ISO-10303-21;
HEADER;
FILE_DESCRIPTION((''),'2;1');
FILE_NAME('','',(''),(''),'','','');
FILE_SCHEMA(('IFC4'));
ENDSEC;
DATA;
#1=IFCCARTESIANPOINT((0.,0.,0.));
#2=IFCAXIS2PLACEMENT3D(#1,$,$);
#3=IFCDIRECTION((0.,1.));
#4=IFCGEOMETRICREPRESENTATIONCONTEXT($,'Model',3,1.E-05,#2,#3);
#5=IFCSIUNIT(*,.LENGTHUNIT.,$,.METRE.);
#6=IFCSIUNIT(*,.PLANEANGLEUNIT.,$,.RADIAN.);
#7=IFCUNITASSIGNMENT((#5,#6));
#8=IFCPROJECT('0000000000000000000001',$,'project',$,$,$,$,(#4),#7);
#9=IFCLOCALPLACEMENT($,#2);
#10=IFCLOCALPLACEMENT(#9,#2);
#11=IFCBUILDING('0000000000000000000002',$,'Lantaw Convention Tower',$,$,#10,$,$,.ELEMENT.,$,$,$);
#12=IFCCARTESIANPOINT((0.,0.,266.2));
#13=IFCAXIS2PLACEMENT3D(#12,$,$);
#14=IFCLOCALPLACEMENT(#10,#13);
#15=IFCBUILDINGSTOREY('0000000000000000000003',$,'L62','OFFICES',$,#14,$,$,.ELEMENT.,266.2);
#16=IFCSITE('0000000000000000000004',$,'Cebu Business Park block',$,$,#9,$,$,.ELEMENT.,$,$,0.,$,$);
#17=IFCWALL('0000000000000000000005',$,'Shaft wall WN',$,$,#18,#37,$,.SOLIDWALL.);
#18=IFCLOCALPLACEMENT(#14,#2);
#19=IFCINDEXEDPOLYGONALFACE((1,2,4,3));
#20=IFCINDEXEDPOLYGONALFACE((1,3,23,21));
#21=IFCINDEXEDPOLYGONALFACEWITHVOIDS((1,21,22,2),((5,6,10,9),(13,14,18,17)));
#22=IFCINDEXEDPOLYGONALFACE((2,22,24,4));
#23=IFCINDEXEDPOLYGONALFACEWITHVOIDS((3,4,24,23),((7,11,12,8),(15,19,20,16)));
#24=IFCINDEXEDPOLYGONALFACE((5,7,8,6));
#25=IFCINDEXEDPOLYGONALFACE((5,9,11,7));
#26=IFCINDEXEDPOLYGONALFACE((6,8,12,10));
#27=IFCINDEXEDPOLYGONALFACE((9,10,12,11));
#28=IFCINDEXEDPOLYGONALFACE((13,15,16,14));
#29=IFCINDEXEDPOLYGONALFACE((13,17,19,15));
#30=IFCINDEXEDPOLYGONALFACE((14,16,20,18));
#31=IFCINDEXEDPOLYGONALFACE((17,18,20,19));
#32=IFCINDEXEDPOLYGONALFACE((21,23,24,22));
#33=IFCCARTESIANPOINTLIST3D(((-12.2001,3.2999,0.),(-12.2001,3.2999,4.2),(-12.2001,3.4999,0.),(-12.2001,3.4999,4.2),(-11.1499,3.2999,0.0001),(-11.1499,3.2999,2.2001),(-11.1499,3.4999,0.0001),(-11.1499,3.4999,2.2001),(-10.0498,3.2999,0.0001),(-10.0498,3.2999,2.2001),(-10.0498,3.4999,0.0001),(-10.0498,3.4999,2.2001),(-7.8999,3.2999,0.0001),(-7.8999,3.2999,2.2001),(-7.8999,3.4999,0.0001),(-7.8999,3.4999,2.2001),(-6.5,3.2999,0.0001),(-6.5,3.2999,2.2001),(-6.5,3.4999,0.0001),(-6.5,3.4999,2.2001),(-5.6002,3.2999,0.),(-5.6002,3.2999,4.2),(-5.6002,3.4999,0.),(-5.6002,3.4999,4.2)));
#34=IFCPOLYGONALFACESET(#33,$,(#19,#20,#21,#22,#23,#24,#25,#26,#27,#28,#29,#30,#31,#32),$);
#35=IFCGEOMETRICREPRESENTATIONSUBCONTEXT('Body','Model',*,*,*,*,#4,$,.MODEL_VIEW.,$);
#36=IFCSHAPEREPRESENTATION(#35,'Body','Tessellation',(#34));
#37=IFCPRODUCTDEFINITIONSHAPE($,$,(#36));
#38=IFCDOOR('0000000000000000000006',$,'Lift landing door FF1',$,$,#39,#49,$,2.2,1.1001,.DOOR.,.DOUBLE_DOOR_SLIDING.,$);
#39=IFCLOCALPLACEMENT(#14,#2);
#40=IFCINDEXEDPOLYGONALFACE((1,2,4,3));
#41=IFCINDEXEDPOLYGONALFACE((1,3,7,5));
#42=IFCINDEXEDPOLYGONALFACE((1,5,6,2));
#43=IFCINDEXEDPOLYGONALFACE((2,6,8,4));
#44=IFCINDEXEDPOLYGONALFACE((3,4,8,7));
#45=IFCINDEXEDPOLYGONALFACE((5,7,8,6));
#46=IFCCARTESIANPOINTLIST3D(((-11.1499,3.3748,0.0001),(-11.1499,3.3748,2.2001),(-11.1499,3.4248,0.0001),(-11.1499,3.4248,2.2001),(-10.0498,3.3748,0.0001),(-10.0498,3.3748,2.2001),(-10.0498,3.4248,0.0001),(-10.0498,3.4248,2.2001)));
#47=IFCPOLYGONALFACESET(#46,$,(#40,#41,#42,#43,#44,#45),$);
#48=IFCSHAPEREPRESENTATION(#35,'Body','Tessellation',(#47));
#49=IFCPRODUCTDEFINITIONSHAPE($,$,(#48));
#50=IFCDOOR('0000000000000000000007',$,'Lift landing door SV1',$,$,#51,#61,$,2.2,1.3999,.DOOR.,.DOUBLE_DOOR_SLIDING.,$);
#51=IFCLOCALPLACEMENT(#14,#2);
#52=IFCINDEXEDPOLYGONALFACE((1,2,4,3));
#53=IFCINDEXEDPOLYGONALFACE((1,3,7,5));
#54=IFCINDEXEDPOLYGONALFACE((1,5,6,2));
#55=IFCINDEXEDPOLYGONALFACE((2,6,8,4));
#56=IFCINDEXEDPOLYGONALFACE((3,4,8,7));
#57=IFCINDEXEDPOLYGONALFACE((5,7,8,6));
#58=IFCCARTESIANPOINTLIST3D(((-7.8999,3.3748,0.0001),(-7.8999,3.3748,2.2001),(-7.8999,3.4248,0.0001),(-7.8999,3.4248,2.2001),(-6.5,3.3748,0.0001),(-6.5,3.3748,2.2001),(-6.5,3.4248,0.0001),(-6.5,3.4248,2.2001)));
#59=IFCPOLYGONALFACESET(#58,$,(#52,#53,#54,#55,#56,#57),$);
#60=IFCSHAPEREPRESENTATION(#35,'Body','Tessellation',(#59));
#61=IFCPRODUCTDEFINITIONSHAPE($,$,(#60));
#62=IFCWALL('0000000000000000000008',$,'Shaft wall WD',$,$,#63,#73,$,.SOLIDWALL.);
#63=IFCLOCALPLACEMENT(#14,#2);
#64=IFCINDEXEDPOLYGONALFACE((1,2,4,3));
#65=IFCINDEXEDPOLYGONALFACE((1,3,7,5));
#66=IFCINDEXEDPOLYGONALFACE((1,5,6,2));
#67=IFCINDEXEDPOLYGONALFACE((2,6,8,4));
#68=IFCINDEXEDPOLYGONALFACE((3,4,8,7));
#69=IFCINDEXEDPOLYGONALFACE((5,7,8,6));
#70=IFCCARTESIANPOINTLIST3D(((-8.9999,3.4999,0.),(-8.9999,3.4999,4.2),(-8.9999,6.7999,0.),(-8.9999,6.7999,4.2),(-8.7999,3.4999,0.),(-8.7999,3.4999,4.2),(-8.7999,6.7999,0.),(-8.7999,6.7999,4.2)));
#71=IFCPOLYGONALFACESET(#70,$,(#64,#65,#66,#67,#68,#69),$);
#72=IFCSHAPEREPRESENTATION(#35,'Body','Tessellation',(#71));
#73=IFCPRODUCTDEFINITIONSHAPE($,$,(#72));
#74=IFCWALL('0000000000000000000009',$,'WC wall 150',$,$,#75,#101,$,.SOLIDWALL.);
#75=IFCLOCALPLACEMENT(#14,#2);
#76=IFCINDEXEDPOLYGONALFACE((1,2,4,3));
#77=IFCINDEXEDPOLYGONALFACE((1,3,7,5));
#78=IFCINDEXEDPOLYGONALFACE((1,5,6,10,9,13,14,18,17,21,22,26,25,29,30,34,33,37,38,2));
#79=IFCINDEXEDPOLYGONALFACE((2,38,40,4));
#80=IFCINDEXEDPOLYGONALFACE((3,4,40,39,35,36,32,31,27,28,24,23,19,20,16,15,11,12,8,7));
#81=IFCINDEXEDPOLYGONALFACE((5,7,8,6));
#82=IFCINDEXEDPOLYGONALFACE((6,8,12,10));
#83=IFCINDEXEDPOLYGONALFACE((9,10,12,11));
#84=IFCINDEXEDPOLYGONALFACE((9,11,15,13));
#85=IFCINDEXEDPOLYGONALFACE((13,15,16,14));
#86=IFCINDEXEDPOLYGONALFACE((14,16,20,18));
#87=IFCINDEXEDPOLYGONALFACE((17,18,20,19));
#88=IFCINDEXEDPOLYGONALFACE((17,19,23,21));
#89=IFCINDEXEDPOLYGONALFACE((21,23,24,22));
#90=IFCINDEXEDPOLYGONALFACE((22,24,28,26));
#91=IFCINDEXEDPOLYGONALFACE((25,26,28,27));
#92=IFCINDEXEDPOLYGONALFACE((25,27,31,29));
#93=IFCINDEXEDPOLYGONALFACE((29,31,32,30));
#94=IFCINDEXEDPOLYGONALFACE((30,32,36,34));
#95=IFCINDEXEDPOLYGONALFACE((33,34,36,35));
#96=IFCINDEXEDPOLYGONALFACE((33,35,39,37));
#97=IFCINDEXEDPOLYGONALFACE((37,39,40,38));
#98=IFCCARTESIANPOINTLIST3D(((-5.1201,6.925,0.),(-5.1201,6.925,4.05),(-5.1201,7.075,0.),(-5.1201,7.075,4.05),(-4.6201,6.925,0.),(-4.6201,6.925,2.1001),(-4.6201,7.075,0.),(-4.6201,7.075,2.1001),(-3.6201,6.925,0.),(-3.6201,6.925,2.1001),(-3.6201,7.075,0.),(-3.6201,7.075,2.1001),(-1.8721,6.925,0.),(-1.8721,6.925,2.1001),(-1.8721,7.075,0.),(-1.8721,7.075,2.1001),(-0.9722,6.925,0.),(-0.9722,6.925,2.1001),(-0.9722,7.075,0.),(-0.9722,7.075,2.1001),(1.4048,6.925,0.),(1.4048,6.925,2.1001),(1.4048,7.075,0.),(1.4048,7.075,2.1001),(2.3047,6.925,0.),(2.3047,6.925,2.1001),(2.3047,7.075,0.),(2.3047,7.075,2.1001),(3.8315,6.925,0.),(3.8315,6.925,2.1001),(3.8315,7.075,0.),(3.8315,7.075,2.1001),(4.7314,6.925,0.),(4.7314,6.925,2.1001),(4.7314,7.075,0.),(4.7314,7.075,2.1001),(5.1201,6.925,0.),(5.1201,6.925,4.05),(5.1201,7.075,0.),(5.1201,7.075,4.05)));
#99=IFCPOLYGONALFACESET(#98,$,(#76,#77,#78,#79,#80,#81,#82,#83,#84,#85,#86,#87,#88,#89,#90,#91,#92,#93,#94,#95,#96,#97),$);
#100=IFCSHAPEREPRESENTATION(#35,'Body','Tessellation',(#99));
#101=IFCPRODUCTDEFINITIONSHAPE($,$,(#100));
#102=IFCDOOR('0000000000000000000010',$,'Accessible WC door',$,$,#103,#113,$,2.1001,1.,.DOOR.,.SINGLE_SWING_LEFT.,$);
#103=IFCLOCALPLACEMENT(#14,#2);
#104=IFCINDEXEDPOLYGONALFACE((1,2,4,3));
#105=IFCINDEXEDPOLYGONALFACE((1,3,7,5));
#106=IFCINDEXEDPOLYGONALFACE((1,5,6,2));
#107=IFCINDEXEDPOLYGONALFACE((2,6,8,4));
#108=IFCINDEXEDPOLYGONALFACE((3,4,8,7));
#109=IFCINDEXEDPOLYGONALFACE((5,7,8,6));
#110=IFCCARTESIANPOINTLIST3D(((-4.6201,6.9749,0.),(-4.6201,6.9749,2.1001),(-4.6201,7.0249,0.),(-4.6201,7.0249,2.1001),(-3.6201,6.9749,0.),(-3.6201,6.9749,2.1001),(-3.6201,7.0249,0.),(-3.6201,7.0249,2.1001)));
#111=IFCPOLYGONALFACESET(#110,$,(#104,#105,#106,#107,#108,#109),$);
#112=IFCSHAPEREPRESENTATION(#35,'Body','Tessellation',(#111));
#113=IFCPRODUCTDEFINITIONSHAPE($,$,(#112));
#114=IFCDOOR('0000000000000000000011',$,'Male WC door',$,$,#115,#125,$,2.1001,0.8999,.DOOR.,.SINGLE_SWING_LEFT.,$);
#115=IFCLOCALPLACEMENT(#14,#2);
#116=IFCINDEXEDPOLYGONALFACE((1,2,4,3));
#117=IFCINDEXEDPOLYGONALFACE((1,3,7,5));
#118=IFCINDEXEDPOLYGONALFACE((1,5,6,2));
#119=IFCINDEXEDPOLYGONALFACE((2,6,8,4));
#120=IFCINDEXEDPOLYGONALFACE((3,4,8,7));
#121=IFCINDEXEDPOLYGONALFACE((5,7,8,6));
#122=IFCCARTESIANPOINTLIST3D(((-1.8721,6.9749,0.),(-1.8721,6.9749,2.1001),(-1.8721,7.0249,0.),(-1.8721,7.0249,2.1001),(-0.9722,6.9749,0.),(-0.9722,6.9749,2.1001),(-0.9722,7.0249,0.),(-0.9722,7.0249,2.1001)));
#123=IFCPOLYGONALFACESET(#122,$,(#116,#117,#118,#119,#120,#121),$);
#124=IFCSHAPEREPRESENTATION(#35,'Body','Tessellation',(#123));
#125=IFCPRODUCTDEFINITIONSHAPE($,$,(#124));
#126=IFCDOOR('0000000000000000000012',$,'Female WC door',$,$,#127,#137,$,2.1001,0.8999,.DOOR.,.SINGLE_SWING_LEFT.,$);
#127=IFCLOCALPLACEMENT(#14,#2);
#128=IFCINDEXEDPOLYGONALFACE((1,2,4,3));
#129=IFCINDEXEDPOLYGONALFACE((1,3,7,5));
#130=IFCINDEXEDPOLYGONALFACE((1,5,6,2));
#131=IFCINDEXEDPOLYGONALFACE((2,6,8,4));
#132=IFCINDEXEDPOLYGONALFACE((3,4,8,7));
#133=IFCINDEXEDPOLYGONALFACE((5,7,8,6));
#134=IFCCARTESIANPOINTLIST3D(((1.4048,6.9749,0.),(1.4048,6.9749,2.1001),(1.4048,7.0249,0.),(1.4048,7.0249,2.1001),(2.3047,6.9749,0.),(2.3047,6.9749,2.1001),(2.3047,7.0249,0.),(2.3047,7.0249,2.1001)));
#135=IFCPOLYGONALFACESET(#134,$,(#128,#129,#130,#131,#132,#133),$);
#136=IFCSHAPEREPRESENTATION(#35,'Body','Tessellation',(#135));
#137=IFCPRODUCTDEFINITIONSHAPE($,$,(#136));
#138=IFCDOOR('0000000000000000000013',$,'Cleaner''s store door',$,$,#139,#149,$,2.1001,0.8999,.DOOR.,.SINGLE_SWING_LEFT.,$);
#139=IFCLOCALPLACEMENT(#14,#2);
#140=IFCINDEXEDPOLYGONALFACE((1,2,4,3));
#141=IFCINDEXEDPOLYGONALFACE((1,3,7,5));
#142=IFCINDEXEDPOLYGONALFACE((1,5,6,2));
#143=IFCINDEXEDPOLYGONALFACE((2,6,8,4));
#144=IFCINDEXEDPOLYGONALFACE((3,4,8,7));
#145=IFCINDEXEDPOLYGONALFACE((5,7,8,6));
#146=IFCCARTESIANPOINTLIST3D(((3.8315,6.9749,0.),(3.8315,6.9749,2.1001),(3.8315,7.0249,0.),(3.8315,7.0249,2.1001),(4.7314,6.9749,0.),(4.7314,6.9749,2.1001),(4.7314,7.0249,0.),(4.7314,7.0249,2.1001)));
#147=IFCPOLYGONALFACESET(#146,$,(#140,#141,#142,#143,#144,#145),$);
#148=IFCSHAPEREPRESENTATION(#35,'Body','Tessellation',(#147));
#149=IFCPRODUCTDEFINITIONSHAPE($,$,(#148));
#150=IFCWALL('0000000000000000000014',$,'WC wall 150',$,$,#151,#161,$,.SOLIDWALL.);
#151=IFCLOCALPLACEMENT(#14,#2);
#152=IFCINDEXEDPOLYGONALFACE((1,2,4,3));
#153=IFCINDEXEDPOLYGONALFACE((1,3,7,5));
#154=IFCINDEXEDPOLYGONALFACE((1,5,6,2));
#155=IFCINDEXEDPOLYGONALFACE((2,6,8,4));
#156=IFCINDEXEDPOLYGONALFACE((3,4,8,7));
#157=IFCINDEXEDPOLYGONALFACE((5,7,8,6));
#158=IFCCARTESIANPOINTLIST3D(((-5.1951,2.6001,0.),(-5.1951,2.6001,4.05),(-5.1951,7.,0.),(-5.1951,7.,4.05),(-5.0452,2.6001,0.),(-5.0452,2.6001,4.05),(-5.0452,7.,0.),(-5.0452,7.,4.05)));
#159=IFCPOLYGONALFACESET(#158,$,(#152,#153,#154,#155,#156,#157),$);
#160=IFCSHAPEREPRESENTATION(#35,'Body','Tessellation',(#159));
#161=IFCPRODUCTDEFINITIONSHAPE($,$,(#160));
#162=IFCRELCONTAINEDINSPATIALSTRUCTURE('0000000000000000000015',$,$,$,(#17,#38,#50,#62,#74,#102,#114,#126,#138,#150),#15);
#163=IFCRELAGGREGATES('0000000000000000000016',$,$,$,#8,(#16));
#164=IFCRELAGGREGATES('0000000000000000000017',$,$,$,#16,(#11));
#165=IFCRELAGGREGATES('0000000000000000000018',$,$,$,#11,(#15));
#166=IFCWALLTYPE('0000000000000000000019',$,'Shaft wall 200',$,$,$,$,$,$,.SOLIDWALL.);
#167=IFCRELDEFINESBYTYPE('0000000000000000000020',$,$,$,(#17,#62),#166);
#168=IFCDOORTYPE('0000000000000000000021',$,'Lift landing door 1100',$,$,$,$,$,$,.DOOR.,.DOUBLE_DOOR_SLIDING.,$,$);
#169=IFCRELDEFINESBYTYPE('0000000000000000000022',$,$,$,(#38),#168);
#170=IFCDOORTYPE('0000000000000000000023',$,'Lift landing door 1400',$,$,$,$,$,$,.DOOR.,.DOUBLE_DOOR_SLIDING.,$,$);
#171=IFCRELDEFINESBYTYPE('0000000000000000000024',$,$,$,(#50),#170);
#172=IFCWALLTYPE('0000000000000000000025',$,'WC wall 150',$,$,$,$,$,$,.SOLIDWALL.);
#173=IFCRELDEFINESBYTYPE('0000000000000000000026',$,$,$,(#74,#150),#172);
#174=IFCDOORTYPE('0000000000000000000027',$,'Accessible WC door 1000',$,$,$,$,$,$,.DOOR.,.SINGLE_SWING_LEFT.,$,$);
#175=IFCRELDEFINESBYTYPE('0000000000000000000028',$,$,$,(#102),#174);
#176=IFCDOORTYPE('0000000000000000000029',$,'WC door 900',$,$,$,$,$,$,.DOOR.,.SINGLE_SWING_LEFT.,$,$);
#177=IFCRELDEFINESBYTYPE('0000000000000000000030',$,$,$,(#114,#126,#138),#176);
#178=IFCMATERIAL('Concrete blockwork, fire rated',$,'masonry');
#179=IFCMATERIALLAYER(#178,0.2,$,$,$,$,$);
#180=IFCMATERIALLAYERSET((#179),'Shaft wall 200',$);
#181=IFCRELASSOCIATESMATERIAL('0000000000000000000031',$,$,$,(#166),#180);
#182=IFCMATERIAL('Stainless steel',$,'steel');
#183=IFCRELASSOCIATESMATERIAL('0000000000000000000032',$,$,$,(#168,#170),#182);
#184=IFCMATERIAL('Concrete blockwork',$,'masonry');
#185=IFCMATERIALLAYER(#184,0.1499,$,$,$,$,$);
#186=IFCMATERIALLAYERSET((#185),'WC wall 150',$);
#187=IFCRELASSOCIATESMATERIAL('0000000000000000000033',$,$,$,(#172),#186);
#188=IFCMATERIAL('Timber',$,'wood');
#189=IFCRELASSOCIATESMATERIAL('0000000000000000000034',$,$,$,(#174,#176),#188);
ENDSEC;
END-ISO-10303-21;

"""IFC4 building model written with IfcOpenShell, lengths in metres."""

from ifc_helpers import new_model, si_unit, direction, frame, frame_2d, origin, place, context, subcontext, project, spatial, rectangle, extrude, material, layer, layer_set, type_object, element, fill, save


model = new_model("IFC4")

# Units and contexts
model_context = context("Model", 3, precision=1e-05, world=origin(), true_north=direction((0.0, 1.0)))
body_context = subcontext(model_context, "Body", "Model", "MODEL_VIEW")
ifc_project = project(units=[si_unit("LENGTHUNIT", "METRE"), si_unit("PLANEANGLEUNIT", "RADIAN")], contexts=[model_context])

# Site, building, storey
site_placement = place(None, origin())
site = spatial("IfcSite", under=ifc_project, at=site_placement, Name="Cebu Business Park block", CompositionType="ELEMENT", RefElevation=0.0)
building_placement = place(site_placement, origin())
building = spatial("IfcBuilding", under=site, at=building_placement, Name="Lantaw Convention Tower", CompositionType="ELEMENT")
storey_placement = place(building_placement, frame((0.0, 0.0, 266.2)))
storey = spatial("IfcBuildingStorey", under=building, at=storey_placement, Name="L62", Description="OFFICES", CompositionType="ELEMENT", Elevation=266.2)

# Wall, openings, doors
ifc_material_1 = material(Name="Concrete blockwork, fire rated", Category="masonry")
ifc_layer_1 = layer(ifc_material_1, 0.2)
ifc_layer_set_1 = layer_set([ifc_layer_1], Name="Shaft wall 200")
wall_type_1 = type_object("IfcWallType", Name="Shaft wall 200", PredefinedType="SOLIDWALL", material=ifc_layer_set_1)
wall_1_placement = place(storey_placement, frame((-12.2, 3.3999, 0.0), z_axis=(0.0, 0.0, 1.0), x_axis=(1.0, 0.0, 0.0)))
wall_1 = element("IfcWall", 1, at=wall_1_placement, inside=storey, type_object=wall_type_1, Name="Shaft wall WN", PredefinedType="SOLIDWALL", context=body_context, shape_type="SweptSolid", body=[
    extrude(rectangle(XDim=6.5999, YDim=0.2, at=frame_2d((3.2998, 0.0))), origin(), (0.0, 0.0, 1.0), 4.2),
])
opening_1_placement = place(wall_1_placement, frame((1.05, 0.0, 0.0)))
opening_1 = element("IfcOpeningElement", 2, at=opening_1_placement, cuts=wall_1, PredefinedType="OPENING", context=body_context, shape_type="SweptSolid", body=[
    extrude(rectangle(XDim=1.1001, YDim=2.2, at=frame_2d((0.55, 1.1001))), frame((0.0, 0.1099, 0.0), z_axis=(0.0, -1.0, 0.0), x_axis=(1.0, 0.0, 0.0)), (0.0, 0.0, 1.0), 0.22),
])
opening_2_placement = place(wall_1_placement, frame((4.3, 0.0, 0.0)))
opening_2 = element("IfcOpeningElement", 3, at=opening_2_placement, cuts=wall_1, PredefinedType="OPENING", context=body_context, shape_type="SweptSolid", body=[
    extrude(rectangle(XDim=1.3999, YDim=2.2, at=frame_2d((0.7, 1.1001))), frame((0.0, 0.1099, 0.0), z_axis=(0.0, -1.0, 0.0), x_axis=(1.0, 0.0, 0.0)), (0.0, 0.0, 1.0), 0.22),
])
ifc_material_2 = material(Name="Stainless steel", Category="steel")
door_type_1 = type_object("IfcDoorType", Name="Lift landing door 1100", OperationType="DOUBLE_DOOR_SLIDING", PredefinedType="DOOR", material=ifc_material_2)
door_1_placement = place(opening_1_placement, origin())
door_1 = element("IfcDoor", 4, at=door_1_placement, inside=storey, type_object=door_type_1, Name="Lift landing door FF1", OperationType="DOUBLE_DOOR_SLIDING", OverallHeight=2.2, OverallWidth=1.1001, PredefinedType="DOOR", context=body_context, shape_type="SweptSolid", body=[
    extrude(rectangle(XDim=1.1001, YDim=2.2, at=frame_2d((0.55, 1.1001))), frame((0.0, 0.0249, 0.0), z_axis=(0.0, -1.0, 0.0), x_axis=(1.0, 0.0, 0.0)), (0.0, 0.0, 1.0), 0.05),
])
fill(opening_1, door_1)
door_type_2 = type_object("IfcDoorType", Name="Lift landing door 1400", OperationType="DOUBLE_DOOR_SLIDING", PredefinedType="DOOR", material=ifc_material_2)
door_2_placement = place(opening_2_placement, origin())
door_2 = element("IfcDoor", 5, at=door_2_placement, inside=storey, type_object=door_type_2, Name="Lift landing door SV1", OperationType="DOUBLE_DOOR_SLIDING", OverallHeight=2.2, OverallWidth=1.3999, PredefinedType="DOOR", context=body_context, shape_type="SweptSolid", body=[
    extrude(rectangle(XDim=1.3999, YDim=2.2, at=frame_2d((0.7, 1.1001))), frame((0.0, 0.0249, 0.0), z_axis=(0.0, -1.0, 0.0), x_axis=(1.0, 0.0, 0.0)), (0.0, 0.0, 1.0), 0.05),
])
fill(opening_2, door_2)

# Wall
wall_2_placement = place(storey_placement, frame((-8.8999, 3.5, 0.0), z_axis=(0.0, 0.0, 1.0), x_axis=(0.0, 1.0, 0.0)))
element("IfcWall", 6, at=wall_2_placement, inside=storey, type_object=wall_type_1, Name="Shaft wall WD", PredefinedType="SOLIDWALL", context=body_context, shape_type="SweptSolid", body=[
    extrude(rectangle(XDim=3.3, YDim=0.2, at=frame_2d((1.6499, 0.0))), origin(), (0.0, 0.0, 1.0), 4.2),
])

# Wall, openings, doors
ifc_material_3 = material(Name="Concrete blockwork", Category="masonry")
ifc_layer_2 = layer(ifc_material_3, 0.1499)
ifc_layer_set_2 = layer_set([ifc_layer_2], Name="WC wall 150")
wall_type_2 = type_object("IfcWallType", Name="WC wall 150", PredefinedType="SOLIDWALL", material=ifc_layer_set_2)
wall_3_placement = place(storey_placement, frame((-5.1201, 7.0, 0.0), z_axis=(0.0, 0.0, 1.0), x_axis=(1.0, 0.0, 0.0)))
wall_3 = element("IfcWall", 7, at=wall_3_placement, inside=storey, type_object=wall_type_2, Name="WC wall 150", PredefinedType="SOLIDWALL", context=body_context, shape_type="SweptSolid", body=[
    extrude(rectangle(XDim=10.2402, YDim=0.1499, at=frame_2d((5.1201, 0.0))), origin(), (0.0, 0.0, 1.0), 4.05),
])
opening_3_placement = place(wall_3_placement, frame((0.5, 0.0, 0.0)))
opening_3 = element("IfcOpeningElement", 8, at=opening_3_placement, cuts=wall_3, PredefinedType="OPENING", context=body_context, shape_type="SweptSolid", body=[
    extrude(rectangle(XDim=1.0, YDim=2.1001, at=frame_2d((0.5, 1.05))), frame((0.0, 0.085, 0.0), z_axis=(0.0, -1.0, 0.0), x_axis=(1.0, 0.0, 0.0)), (0.0, 0.0, 1.0), 0.1699),
])
opening_4_placement = place(wall_3_placement, frame((3.248, 0.0, 0.0)))
opening_4 = element("IfcOpeningElement", 9, at=opening_4_placement, cuts=wall_3, PredefinedType="OPENING", context=body_context, shape_type="SweptSolid", body=[
    extrude(rectangle(XDim=0.8999, YDim=2.1001, at=frame_2d((0.45, 1.05))), frame((0.0, 0.085, 0.0), z_axis=(0.0, -1.0, 0.0), x_axis=(1.0, 0.0, 0.0)), (0.0, 0.0, 1.0), 0.1699),
])
opening_5_placement = place(wall_3_placement, frame((6.5249, 0.0, 0.0)))
opening_5 = element("IfcOpeningElement", 10, at=opening_5_placement, cuts=wall_3, PredefinedType="OPENING", context=body_context, shape_type="SweptSolid", body=[
    extrude(rectangle(XDim=0.8999, YDim=2.1001, at=frame_2d((0.45, 1.05))), frame((0.0, 0.085, 0.0), z_axis=(0.0, -1.0, 0.0), x_axis=(1.0, 0.0, 0.0)), (0.0, 0.0, 1.0), 0.1699),
])
opening_6_placement = place(wall_3_placement, frame((8.9517, 0.0, 0.0)))
opening_6 = element("IfcOpeningElement", 11, at=opening_6_placement, cuts=wall_3, PredefinedType="OPENING", context=body_context, shape_type="SweptSolid", body=[
    extrude(rectangle(XDim=0.8999, YDim=2.1001, at=frame_2d((0.45, 1.05))), frame((0.0, 0.085, 0.0), z_axis=(0.0, -1.0, 0.0), x_axis=(1.0, 0.0, 0.0)), (0.0, 0.0, 1.0), 0.1699),
])
ifc_material_4 = material(Name="Timber", Category="wood")
door_type_3 = type_object("IfcDoorType", Name="Accessible WC door 1000", OperationType="SINGLE_SWING_LEFT", PredefinedType="DOOR", material=ifc_material_4)
door_3_placement = place(opening_3_placement, origin())
door_3 = element("IfcDoor", 12, at=door_3_placement, inside=storey, type_object=door_type_3, Name="Accessible WC door", OperationType="SINGLE_SWING_LEFT", OverallHeight=2.1001, OverallWidth=1.0, PredefinedType="DOOR", context=body_context, shape_type="SweptSolid", body=[
    extrude(rectangle(XDim=1.0, YDim=2.1001, at=frame_2d((0.5, 1.05))), frame((0.0, 0.0249, 0.0), z_axis=(0.0, -1.0, 0.0), x_axis=(1.0, 0.0, 0.0)), (0.0, 0.0, 1.0), 0.05),
])
fill(opening_3, door_3)
door_type_4 = type_object("IfcDoorType", Name="WC door 900", OperationType="SINGLE_SWING_LEFT", PredefinedType="DOOR", material=ifc_material_4)
door_4_placement = place(opening_4_placement, origin())
door_4 = element("IfcDoor", 13, at=door_4_placement, inside=storey, type_object=door_type_4, Name="Male WC door", OperationType="SINGLE_SWING_LEFT", OverallHeight=2.1001, OverallWidth=0.8999, PredefinedType="DOOR", context=body_context, shape_type="SweptSolid", body=[
    extrude(rectangle(XDim=0.8999, YDim=2.1001, at=frame_2d((0.45, 1.05))), frame((0.0, 0.0249, 0.0), z_axis=(0.0, -1.0, 0.0), x_axis=(1.0, 0.0, 0.0)), (0.0, 0.0, 1.0), 0.05),
])
fill(opening_4, door_4)
door_5_placement = place(opening_5_placement, origin())
door_5 = element("IfcDoor", 14, at=door_5_placement, inside=storey, type_object=door_type_4, Name="Female WC door", OperationType="SINGLE_SWING_LEFT", OverallHeight=2.1001, OverallWidth=0.8999, PredefinedType="DOOR", context=body_context, shape_type="SweptSolid", body=[
    extrude(rectangle(XDim=0.8999, YDim=2.1001, at=frame_2d((0.45, 1.05))), frame((0.0, 0.0249, 0.0), z_axis=(0.0, -1.0, 0.0), x_axis=(1.0, 0.0, 0.0)), (0.0, 0.0, 1.0), 0.05),
])
fill(opening_5, door_5)
door_6_placement = place(opening_6_placement, origin())
door_6 = element("IfcDoor", 15, at=door_6_placement, inside=storey, type_object=door_type_4, Name="Cleaner's store door", OperationType="SINGLE_SWING_LEFT", OverallHeight=2.1001, OverallWidth=0.8999, PredefinedType="DOOR", context=body_context, shape_type="SweptSolid", body=[
    extrude(rectangle(XDim=0.8999, YDim=2.1001, at=frame_2d((0.45, 1.05))), frame((0.0, 0.0249, 0.0), z_axis=(0.0, -1.0, 0.0), x_axis=(1.0, 0.0, 0.0)), (0.0, 0.0, 1.0), 0.05),
])
fill(opening_6, door_6)

# Wall
for number, where, z_axis, x_axis, name in (
    (16, (-5.1201, 2.6001, 0.0), (0.0, 0.0, 1.0), (0.0, 1.0, 0.0), "WC wall 150"),
):
    element("IfcWall", number, at=place(storey_placement, frame(where, z_axis=z_axis, x_axis=x_axis)), inside=storey, type_object=wall_type_2, Name=name, PredefinedType="SOLIDWALL", context=body_context, shape_type="SweptSolid", body=[
        extrude(rectangle(XDim=4.3999, YDim=0.1499, at=frame_2d((2.2, 0.0))), origin(), (0.0, 0.0, 1.0), 4.05),
    ])

save(model, "model.ifc")
